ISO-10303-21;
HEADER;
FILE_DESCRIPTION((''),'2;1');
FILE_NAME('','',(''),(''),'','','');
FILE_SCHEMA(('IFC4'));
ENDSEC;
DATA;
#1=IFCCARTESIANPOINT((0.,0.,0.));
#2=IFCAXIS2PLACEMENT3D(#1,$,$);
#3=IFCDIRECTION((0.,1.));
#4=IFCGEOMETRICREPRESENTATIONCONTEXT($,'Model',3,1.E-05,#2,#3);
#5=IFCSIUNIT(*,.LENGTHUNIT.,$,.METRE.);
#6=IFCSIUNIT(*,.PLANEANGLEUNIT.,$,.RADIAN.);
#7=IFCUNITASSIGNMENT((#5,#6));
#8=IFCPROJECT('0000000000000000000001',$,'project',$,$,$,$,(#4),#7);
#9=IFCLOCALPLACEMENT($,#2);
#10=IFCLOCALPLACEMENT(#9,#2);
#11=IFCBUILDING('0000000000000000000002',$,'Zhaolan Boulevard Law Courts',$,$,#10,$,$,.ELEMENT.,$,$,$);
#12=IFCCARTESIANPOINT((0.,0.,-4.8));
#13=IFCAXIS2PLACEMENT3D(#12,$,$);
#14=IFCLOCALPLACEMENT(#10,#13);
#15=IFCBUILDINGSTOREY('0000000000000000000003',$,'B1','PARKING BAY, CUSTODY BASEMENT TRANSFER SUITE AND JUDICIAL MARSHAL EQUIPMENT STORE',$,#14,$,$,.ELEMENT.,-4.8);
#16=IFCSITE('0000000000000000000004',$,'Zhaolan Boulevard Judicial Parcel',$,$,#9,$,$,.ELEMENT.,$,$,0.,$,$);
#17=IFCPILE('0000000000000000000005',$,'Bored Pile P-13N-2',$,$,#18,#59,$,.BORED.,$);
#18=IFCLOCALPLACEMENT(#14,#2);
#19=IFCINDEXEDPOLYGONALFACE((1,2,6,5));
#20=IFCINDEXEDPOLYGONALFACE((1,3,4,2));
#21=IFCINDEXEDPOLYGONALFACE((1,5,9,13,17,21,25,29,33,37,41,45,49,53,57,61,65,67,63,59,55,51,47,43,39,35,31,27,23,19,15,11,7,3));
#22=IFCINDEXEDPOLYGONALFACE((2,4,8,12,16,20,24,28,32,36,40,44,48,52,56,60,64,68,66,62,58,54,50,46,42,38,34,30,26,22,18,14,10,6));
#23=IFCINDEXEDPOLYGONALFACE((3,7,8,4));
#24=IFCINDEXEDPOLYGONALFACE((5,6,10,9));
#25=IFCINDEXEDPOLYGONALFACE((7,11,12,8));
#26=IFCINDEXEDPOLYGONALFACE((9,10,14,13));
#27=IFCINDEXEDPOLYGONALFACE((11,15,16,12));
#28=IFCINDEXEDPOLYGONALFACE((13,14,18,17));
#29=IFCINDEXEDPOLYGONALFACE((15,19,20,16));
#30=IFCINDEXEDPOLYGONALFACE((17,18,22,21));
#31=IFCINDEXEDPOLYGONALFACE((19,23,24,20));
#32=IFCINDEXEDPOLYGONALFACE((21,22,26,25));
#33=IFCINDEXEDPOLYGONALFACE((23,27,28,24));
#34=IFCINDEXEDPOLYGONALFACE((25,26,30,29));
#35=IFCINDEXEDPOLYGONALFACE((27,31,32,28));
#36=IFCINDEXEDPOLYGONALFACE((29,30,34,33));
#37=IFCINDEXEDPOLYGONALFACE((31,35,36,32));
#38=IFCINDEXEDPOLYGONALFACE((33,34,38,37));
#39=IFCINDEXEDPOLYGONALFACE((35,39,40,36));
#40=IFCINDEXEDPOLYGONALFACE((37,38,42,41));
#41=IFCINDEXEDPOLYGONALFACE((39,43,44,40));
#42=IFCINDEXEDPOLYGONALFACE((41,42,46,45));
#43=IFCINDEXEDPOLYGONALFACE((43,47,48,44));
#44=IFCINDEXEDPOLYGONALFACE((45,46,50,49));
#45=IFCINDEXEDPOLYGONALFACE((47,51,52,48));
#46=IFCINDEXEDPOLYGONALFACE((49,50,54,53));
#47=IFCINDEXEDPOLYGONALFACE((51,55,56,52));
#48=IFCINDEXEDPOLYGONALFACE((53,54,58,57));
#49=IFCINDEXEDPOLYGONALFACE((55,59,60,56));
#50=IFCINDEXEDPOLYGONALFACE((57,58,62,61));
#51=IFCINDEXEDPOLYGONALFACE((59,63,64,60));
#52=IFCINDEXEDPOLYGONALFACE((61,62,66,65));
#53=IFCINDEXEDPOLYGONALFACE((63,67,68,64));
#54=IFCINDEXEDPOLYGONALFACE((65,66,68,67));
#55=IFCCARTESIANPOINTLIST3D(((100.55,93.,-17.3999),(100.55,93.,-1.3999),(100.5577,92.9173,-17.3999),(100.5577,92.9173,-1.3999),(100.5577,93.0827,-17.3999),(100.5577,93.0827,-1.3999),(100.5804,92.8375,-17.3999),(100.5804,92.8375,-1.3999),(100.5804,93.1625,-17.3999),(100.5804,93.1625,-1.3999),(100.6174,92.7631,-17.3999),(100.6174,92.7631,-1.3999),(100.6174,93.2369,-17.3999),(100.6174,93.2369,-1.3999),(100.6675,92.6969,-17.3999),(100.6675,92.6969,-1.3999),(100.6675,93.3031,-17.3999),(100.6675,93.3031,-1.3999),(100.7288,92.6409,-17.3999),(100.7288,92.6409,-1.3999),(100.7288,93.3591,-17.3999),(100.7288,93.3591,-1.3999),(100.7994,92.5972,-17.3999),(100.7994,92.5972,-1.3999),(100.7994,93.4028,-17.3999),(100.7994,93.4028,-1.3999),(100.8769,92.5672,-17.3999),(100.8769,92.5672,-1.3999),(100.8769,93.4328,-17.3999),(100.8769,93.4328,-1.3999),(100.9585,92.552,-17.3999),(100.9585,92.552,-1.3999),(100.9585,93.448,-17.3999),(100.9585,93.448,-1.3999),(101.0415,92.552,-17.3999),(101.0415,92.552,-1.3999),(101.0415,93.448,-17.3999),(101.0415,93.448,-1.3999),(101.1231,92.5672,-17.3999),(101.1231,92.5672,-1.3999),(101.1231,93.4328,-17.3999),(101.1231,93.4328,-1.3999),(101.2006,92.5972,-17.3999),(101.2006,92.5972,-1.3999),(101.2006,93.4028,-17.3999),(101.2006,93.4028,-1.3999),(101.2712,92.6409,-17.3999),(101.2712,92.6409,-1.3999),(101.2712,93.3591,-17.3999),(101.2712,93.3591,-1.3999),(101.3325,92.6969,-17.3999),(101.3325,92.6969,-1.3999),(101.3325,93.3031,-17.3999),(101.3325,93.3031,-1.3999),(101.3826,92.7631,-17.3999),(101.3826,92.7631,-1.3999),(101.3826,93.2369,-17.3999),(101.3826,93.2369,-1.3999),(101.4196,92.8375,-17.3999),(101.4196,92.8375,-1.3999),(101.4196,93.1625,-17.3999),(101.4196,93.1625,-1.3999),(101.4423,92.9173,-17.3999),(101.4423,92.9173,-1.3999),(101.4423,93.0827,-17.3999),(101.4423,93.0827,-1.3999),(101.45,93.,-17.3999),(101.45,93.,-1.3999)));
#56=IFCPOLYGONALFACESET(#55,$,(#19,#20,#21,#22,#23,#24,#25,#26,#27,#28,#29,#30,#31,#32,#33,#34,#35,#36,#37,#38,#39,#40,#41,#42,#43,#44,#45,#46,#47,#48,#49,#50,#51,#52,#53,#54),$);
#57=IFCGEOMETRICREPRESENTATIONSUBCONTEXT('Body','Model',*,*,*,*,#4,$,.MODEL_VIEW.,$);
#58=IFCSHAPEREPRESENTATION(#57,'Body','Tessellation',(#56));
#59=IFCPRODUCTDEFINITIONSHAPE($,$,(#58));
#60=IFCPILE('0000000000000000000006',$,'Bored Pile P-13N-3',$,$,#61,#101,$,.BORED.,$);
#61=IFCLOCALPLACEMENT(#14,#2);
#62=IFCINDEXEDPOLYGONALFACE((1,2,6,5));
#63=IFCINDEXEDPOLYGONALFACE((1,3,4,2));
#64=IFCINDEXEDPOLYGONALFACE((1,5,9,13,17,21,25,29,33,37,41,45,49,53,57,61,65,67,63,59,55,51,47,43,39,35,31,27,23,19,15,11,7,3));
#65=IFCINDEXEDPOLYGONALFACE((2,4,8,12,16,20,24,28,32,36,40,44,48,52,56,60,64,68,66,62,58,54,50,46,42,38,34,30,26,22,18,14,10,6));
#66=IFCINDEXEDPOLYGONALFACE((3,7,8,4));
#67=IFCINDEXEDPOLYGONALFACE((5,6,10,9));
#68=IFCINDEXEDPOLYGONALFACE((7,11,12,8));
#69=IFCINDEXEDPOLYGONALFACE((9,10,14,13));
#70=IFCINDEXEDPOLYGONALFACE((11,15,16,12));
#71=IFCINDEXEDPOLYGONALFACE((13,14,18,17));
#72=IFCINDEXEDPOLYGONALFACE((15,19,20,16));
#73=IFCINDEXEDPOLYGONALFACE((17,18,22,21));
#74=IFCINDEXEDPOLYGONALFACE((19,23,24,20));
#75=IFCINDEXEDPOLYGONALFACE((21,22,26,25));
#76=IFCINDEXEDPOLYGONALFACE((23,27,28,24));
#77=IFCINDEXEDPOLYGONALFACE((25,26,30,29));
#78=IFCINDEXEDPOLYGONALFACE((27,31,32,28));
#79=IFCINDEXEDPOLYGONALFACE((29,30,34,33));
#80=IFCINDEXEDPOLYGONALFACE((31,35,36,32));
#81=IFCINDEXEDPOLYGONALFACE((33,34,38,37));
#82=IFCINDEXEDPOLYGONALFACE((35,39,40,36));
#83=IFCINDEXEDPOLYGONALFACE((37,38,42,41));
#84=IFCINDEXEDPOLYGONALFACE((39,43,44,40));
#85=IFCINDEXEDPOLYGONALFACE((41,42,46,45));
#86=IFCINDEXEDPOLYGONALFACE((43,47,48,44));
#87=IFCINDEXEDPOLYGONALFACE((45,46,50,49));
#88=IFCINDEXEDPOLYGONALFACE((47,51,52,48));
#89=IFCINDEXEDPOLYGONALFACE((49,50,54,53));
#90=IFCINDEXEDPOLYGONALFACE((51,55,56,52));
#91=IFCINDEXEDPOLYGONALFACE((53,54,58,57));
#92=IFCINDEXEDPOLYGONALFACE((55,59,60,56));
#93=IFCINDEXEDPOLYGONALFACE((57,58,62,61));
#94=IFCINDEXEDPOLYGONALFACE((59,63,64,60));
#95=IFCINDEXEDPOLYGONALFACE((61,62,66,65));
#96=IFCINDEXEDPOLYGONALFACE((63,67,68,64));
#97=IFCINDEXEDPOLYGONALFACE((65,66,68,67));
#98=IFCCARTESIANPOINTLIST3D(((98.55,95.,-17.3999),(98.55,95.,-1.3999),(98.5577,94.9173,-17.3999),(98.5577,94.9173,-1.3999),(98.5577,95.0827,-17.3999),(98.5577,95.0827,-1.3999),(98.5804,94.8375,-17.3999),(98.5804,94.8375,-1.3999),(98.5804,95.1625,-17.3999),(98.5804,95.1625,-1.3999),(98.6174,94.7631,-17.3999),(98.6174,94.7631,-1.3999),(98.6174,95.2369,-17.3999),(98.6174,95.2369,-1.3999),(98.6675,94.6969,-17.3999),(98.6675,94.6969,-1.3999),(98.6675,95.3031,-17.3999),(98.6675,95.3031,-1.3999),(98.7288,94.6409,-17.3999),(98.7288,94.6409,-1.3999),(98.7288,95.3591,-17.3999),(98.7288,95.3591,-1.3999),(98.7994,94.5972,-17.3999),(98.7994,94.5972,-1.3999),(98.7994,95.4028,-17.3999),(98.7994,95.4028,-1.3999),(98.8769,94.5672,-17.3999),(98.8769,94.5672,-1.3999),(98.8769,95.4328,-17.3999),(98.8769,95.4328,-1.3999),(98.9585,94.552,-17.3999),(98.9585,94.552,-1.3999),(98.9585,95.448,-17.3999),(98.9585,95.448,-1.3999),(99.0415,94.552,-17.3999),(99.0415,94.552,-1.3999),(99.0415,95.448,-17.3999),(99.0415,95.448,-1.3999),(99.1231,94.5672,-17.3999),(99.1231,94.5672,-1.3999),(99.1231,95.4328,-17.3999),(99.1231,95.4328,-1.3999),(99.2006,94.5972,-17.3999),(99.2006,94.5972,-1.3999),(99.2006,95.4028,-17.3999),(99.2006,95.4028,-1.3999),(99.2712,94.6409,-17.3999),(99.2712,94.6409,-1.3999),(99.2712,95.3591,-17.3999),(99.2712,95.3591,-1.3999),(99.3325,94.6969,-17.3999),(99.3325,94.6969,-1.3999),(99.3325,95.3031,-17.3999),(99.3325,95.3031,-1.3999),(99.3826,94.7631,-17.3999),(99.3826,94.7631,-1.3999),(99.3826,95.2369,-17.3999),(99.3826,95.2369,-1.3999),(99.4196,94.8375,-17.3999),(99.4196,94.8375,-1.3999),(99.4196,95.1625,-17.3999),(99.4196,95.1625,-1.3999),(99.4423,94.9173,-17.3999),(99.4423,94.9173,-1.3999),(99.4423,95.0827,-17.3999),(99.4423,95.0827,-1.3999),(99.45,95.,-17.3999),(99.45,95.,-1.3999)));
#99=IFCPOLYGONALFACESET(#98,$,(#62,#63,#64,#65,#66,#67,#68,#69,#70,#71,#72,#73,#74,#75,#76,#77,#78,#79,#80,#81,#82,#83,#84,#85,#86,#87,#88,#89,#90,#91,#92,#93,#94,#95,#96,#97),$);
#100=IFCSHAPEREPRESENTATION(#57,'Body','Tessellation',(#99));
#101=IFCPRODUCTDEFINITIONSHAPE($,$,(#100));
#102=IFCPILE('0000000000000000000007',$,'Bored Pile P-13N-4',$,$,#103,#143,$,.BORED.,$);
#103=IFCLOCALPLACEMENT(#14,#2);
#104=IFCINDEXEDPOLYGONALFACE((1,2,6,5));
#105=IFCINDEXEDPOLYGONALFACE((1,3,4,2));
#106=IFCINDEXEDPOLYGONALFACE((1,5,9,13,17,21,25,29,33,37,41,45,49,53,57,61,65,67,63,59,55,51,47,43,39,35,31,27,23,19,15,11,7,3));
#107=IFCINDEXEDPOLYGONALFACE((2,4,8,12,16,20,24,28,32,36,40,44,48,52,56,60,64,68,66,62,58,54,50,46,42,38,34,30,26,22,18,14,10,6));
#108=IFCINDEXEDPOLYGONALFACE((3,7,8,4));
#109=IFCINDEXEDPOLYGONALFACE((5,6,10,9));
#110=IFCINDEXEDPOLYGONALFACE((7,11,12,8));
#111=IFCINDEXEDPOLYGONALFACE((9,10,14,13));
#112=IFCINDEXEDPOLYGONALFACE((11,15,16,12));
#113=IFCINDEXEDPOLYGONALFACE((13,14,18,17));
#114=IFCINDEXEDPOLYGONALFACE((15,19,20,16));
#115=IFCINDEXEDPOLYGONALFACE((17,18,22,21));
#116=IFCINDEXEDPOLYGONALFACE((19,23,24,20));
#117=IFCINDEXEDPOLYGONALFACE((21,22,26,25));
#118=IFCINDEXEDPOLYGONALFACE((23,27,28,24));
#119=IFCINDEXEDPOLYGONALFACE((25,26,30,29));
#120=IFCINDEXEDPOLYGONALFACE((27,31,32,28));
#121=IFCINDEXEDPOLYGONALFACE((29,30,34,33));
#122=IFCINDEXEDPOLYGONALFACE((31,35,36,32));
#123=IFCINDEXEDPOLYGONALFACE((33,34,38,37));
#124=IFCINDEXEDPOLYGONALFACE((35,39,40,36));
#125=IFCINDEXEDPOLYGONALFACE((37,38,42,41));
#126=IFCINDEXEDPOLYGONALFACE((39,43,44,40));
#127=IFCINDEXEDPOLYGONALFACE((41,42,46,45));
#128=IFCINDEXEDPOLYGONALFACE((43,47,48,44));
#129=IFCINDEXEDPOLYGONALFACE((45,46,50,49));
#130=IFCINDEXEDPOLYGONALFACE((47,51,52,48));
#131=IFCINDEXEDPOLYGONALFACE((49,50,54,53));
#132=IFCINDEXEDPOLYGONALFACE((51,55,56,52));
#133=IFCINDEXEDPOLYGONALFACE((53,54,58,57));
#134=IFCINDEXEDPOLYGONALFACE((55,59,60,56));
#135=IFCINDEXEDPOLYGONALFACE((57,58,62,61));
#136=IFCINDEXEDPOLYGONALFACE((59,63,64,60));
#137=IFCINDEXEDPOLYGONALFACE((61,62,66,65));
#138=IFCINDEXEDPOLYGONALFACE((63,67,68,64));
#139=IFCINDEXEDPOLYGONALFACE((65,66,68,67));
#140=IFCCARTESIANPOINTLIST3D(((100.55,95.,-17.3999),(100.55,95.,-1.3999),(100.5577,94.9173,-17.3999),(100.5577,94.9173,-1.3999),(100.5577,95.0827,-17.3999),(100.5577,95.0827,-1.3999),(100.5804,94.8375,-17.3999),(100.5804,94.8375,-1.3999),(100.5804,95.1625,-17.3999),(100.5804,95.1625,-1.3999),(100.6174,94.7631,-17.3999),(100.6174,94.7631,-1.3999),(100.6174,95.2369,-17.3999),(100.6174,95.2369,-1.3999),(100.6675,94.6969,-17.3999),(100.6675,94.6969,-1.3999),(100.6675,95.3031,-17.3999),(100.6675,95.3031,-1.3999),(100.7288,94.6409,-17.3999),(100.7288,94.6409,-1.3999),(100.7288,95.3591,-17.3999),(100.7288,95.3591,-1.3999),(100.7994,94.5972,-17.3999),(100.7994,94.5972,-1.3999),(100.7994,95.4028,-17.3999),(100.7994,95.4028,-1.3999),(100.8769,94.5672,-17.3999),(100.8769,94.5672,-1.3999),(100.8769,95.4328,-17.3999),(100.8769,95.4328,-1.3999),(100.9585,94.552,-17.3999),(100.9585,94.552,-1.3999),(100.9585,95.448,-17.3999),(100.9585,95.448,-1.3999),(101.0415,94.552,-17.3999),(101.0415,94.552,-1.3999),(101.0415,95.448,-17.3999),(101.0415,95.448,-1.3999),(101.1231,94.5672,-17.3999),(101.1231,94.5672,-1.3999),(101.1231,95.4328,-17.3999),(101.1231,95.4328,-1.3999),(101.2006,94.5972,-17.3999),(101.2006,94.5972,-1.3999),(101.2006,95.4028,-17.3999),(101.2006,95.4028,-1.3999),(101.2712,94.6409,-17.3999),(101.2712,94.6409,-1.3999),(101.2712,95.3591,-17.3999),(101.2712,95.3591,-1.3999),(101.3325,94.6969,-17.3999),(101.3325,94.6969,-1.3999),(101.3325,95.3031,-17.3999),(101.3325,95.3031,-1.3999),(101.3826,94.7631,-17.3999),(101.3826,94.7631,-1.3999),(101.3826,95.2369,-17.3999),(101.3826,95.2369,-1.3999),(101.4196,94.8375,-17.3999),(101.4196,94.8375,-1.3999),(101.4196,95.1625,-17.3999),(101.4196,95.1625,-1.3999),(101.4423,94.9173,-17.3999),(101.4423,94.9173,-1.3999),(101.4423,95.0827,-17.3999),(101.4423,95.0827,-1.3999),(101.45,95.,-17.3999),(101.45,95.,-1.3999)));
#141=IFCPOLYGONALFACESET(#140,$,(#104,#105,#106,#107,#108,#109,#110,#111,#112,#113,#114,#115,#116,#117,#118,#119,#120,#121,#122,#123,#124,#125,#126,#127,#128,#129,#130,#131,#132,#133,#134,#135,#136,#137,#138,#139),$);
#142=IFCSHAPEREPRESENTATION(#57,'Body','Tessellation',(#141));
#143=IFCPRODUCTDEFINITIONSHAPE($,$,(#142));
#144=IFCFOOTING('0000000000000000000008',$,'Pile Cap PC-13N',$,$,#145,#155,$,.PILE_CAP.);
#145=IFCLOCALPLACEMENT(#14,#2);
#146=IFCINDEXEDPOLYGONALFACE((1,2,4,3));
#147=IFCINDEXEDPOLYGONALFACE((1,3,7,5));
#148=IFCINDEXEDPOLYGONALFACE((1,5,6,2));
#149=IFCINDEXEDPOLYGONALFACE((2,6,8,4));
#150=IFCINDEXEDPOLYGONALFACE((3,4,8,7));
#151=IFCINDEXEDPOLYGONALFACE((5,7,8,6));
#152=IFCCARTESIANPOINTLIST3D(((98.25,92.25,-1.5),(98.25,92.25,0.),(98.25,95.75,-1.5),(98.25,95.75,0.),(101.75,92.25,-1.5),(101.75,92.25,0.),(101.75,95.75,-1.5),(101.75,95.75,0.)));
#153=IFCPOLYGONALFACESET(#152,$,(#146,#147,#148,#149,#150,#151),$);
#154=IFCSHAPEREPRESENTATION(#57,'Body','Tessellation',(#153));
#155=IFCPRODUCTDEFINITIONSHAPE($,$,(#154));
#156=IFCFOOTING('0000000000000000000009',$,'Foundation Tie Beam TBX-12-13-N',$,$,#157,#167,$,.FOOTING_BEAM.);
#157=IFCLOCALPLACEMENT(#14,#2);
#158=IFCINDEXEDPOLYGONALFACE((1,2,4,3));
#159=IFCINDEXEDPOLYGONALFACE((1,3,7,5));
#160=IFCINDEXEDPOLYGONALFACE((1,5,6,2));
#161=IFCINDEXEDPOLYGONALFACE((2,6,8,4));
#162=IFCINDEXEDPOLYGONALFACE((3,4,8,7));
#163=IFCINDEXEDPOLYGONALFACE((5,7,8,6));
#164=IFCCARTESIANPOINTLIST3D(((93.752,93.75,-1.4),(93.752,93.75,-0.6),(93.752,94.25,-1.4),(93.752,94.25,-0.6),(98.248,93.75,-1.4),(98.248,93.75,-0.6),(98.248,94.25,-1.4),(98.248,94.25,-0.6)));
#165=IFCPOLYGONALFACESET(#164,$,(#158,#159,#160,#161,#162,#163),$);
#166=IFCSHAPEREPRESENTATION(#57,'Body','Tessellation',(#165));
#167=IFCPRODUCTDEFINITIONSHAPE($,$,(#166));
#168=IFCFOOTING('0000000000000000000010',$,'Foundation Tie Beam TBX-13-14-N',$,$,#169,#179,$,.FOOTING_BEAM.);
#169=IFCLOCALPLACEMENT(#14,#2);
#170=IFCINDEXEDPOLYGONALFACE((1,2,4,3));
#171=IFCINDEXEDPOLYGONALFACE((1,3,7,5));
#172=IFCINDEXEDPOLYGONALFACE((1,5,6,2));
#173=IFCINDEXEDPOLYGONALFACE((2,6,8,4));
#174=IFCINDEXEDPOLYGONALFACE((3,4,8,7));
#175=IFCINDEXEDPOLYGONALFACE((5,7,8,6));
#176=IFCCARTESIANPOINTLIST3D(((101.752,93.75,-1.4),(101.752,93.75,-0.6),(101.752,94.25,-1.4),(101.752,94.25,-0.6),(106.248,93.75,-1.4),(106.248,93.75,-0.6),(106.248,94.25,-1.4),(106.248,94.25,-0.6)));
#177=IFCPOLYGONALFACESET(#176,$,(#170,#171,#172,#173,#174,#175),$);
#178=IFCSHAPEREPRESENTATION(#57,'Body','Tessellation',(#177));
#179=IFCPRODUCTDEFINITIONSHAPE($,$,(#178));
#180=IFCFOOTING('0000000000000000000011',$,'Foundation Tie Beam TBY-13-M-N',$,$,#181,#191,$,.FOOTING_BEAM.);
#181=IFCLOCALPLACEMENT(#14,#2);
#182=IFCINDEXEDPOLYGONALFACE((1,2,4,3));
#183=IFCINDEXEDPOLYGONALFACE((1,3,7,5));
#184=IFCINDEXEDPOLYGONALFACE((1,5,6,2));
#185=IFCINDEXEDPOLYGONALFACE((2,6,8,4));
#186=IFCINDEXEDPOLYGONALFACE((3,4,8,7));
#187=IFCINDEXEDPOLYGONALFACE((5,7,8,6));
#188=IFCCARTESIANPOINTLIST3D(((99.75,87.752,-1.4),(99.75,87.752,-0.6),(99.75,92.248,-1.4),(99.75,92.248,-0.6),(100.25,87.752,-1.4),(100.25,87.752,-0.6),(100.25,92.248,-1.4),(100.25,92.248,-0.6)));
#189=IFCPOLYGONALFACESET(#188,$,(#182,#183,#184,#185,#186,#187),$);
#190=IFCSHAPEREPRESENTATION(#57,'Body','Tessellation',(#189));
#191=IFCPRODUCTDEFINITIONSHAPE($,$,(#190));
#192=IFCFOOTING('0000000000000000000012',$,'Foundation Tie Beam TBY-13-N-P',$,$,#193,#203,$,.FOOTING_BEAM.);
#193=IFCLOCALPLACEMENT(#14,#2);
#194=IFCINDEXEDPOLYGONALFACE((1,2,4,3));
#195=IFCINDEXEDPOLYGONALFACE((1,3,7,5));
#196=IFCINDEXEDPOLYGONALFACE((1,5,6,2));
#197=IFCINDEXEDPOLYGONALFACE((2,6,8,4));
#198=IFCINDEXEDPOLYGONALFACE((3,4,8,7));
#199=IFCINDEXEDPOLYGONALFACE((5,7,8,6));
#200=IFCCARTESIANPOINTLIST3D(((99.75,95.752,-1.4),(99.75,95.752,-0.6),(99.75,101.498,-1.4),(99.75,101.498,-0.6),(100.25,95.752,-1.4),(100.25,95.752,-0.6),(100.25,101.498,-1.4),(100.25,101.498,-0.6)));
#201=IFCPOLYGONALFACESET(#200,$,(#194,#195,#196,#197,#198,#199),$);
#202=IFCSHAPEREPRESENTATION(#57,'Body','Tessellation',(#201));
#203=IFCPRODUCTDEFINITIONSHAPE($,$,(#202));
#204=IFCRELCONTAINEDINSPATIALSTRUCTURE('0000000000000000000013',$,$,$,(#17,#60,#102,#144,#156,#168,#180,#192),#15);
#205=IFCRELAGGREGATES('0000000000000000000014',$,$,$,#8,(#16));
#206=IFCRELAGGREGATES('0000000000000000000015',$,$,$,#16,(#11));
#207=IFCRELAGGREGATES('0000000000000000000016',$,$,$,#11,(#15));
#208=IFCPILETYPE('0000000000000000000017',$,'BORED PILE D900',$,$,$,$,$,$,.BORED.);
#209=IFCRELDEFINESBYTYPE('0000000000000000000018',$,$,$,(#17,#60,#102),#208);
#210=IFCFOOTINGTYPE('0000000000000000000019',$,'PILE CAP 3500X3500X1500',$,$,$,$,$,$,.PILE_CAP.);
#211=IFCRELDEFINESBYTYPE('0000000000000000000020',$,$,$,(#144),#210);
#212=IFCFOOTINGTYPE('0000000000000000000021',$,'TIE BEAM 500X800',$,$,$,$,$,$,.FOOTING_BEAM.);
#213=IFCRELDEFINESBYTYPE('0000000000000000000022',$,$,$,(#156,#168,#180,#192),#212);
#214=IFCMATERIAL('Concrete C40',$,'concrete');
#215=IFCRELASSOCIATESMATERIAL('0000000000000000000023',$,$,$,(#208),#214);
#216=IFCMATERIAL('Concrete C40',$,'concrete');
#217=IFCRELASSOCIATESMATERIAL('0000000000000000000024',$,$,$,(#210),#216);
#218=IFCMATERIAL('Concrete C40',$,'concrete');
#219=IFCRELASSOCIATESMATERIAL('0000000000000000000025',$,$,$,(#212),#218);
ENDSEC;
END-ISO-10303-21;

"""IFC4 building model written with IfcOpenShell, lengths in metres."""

from ifc_helpers import new_model, si_unit, direction, frame, origin, origin_2d, place, context, subcontext, project, spatial, rectangle, circle, extrude, material, material_profile, profile_set, type_object, element, save


model = new_model("IFC4")

# Units and contexts
model_context = context("Model", 3, precision=1e-05, world=origin(), true_north=direction((0.0, 1.0)))
body_context = subcontext(model_context, "Body", "Model", "MODEL_VIEW")
ifc_project = project(units=[si_unit("LENGTHUNIT", "METRE"), si_unit("PLANEANGLEUNIT", "RADIAN")], contexts=[model_context])

# Site, building, storey
site_placement = place(None, origin())
site = spatial("IfcSite", under=ifc_project, at=site_placement, Name="Zhaolan Boulevard Judicial Parcel", CompositionType="ELEMENT", RefElevation=0.0)
building_placement = place(site_placement, origin())
building = spatial("IfcBuilding", under=site, at=building_placement, Name="Zhaolan Boulevard Law Courts", CompositionType="ELEMENT")
storey_placement = place(building_placement, frame((0.0, 0.0, -4.8)))
storey = spatial("IfcBuildingStorey", under=building, at=storey_placement, Name="B1", Description="PARKING BAY, CUSTODY BASEMENT TRANSFER SUITE AND JUDICIAL MARSHAL EQUIPMENT STORE", CompositionType="ELEMENT", Elevation=-4.8)

# Piles
ifc_material_1 = material(Name="Concrete C40", Category="concrete")
ifc_material_profile_1 = material_profile(ifc_material_1, circle(Radius=0.45, at=origin_2d()), Name="PILE-D900")
ifc_profile_set_1 = profile_set([ifc_material_profile_1], Name="Concrete C40")
pile_type_1 = type_object("IfcPileType", Name="BORED PILE D900", PredefinedType="BORED", material=ifc_profile_set_1)
for number, where, z_axis, x_axis, name in (
    (1, (101.0, 93.0, -1.3999), (0.0, 0.0, -1.0), (1.0, 0.0, 0.0), "Bored Pile P-13N-2"),
    (2, (99.0, 95.0, -1.3999), (0.0, 0.0, -1.0), (1.0, 0.0, 0.0), "Bored Pile P-13N-3"),
    (3, (101.0, 95.0, -1.3999), (0.0, 0.0, -1.0), (1.0, 0.0, 0.0), "Bored Pile P-13N-4"),
):
    element("IfcPile", number, at=place(storey_placement, frame(where, z_axis=z_axis, x_axis=x_axis)), inside=storey, type_object=pile_type_1, Name=name, PredefinedType="BORED", context=body_context, shape_type="SweptSolid", body=[
        extrude(circle(Radius=0.45, at=origin_2d()), origin(), (0.0, 0.0, 1.0), 16.0),
    ])

# Footings
ifc_material_2 = material(Name="Concrete C40", Category="concrete")
footing_type_1 = type_object("IfcFootingType", Name="PILE CAP 3500X3500X1500", PredefinedType="PILE_CAP", material=ifc_material_2)
footing_1_placement = place(storey_placement, frame((100.0, 94.0, -1.5), z_axis=(0.0, 0.0, 1.0), x_axis=(1.0, 0.0, 0.0)))
element("IfcFooting", 4, at=footing_1_placement, inside=storey, type_object=footing_type_1, Name="Pile Cap PC-13N", PredefinedType="PILE_CAP", context=body_context, shape_type="SweptSolid", body=[
    extrude(rectangle(XDim=3.5, YDim=3.5, at=origin_2d()), origin(), (0.0, 0.0, 1.0), 1.5),
])
ifc_material_3 = material(Name="Concrete C40", Category="concrete")
ifc_material_profile_2 = material_profile(ifc_material_3, rectangle(XDim=0.5, YDim=0.8, at=origin_2d()), Name="RC500x800")
ifc_profile_set_2 = profile_set([ifc_material_profile_2], Name="Concrete C40")
footing_type_2 = type_object("IfcFootingType", Name="TIE BEAM 500X800", PredefinedType="FOOTING_BEAM", material=ifc_profile_set_2)
for number, where, z_axis, x_axis, name in (
    (5, (93.752, 94.0, -1.0), (1.0, 0.0, 0.0), (0.0, 1.0, 0.0), "Foundation Tie Beam TBX-12-13-N"),
    (6, (101.752, 94.0, -1.0), (1.0, 0.0, 0.0), (0.0, 1.0, 0.0), "Foundation Tie Beam TBX-13-14-N"),
    (7, (100.0, 87.752, -1.0), (0.0, 1.0, 0.0), (-1.0, 0.0, 0.0), "Foundation Tie Beam TBY-13-M-N"),
):
    element("IfcFooting", number, at=place(storey_placement, frame(where, z_axis=z_axis, x_axis=x_axis)), inside=storey, type_object=footing_type_2, Name=name, PredefinedType="FOOTING_BEAM", context=body_context, shape_type="SweptSolid", body=[
        extrude(rectangle(XDim=0.5, YDim=0.8, at=origin_2d()), origin(), (0.0, 0.0, 1.0), 4.4961),
    ])
footing_2_placement = place(storey_placement, frame((100.0, 95.752, -1.0), z_axis=(0.0, 1.0, 0.0), x_axis=(-1.0, 0.0, 0.0)))
element("IfcFooting", 8, at=footing_2_placement, inside=storey, type_object=footing_type_2, Name="Foundation Tie Beam TBY-13-N-P", PredefinedType="FOOTING_BEAM", context=body_context, shape_type="SweptSolid", body=[
    extrude(rectangle(XDim=0.5, YDim=0.8, at=origin_2d()), origin(), (0.0, 0.0, 1.0), 5.7461),
])

save(model, "model.ifc")
